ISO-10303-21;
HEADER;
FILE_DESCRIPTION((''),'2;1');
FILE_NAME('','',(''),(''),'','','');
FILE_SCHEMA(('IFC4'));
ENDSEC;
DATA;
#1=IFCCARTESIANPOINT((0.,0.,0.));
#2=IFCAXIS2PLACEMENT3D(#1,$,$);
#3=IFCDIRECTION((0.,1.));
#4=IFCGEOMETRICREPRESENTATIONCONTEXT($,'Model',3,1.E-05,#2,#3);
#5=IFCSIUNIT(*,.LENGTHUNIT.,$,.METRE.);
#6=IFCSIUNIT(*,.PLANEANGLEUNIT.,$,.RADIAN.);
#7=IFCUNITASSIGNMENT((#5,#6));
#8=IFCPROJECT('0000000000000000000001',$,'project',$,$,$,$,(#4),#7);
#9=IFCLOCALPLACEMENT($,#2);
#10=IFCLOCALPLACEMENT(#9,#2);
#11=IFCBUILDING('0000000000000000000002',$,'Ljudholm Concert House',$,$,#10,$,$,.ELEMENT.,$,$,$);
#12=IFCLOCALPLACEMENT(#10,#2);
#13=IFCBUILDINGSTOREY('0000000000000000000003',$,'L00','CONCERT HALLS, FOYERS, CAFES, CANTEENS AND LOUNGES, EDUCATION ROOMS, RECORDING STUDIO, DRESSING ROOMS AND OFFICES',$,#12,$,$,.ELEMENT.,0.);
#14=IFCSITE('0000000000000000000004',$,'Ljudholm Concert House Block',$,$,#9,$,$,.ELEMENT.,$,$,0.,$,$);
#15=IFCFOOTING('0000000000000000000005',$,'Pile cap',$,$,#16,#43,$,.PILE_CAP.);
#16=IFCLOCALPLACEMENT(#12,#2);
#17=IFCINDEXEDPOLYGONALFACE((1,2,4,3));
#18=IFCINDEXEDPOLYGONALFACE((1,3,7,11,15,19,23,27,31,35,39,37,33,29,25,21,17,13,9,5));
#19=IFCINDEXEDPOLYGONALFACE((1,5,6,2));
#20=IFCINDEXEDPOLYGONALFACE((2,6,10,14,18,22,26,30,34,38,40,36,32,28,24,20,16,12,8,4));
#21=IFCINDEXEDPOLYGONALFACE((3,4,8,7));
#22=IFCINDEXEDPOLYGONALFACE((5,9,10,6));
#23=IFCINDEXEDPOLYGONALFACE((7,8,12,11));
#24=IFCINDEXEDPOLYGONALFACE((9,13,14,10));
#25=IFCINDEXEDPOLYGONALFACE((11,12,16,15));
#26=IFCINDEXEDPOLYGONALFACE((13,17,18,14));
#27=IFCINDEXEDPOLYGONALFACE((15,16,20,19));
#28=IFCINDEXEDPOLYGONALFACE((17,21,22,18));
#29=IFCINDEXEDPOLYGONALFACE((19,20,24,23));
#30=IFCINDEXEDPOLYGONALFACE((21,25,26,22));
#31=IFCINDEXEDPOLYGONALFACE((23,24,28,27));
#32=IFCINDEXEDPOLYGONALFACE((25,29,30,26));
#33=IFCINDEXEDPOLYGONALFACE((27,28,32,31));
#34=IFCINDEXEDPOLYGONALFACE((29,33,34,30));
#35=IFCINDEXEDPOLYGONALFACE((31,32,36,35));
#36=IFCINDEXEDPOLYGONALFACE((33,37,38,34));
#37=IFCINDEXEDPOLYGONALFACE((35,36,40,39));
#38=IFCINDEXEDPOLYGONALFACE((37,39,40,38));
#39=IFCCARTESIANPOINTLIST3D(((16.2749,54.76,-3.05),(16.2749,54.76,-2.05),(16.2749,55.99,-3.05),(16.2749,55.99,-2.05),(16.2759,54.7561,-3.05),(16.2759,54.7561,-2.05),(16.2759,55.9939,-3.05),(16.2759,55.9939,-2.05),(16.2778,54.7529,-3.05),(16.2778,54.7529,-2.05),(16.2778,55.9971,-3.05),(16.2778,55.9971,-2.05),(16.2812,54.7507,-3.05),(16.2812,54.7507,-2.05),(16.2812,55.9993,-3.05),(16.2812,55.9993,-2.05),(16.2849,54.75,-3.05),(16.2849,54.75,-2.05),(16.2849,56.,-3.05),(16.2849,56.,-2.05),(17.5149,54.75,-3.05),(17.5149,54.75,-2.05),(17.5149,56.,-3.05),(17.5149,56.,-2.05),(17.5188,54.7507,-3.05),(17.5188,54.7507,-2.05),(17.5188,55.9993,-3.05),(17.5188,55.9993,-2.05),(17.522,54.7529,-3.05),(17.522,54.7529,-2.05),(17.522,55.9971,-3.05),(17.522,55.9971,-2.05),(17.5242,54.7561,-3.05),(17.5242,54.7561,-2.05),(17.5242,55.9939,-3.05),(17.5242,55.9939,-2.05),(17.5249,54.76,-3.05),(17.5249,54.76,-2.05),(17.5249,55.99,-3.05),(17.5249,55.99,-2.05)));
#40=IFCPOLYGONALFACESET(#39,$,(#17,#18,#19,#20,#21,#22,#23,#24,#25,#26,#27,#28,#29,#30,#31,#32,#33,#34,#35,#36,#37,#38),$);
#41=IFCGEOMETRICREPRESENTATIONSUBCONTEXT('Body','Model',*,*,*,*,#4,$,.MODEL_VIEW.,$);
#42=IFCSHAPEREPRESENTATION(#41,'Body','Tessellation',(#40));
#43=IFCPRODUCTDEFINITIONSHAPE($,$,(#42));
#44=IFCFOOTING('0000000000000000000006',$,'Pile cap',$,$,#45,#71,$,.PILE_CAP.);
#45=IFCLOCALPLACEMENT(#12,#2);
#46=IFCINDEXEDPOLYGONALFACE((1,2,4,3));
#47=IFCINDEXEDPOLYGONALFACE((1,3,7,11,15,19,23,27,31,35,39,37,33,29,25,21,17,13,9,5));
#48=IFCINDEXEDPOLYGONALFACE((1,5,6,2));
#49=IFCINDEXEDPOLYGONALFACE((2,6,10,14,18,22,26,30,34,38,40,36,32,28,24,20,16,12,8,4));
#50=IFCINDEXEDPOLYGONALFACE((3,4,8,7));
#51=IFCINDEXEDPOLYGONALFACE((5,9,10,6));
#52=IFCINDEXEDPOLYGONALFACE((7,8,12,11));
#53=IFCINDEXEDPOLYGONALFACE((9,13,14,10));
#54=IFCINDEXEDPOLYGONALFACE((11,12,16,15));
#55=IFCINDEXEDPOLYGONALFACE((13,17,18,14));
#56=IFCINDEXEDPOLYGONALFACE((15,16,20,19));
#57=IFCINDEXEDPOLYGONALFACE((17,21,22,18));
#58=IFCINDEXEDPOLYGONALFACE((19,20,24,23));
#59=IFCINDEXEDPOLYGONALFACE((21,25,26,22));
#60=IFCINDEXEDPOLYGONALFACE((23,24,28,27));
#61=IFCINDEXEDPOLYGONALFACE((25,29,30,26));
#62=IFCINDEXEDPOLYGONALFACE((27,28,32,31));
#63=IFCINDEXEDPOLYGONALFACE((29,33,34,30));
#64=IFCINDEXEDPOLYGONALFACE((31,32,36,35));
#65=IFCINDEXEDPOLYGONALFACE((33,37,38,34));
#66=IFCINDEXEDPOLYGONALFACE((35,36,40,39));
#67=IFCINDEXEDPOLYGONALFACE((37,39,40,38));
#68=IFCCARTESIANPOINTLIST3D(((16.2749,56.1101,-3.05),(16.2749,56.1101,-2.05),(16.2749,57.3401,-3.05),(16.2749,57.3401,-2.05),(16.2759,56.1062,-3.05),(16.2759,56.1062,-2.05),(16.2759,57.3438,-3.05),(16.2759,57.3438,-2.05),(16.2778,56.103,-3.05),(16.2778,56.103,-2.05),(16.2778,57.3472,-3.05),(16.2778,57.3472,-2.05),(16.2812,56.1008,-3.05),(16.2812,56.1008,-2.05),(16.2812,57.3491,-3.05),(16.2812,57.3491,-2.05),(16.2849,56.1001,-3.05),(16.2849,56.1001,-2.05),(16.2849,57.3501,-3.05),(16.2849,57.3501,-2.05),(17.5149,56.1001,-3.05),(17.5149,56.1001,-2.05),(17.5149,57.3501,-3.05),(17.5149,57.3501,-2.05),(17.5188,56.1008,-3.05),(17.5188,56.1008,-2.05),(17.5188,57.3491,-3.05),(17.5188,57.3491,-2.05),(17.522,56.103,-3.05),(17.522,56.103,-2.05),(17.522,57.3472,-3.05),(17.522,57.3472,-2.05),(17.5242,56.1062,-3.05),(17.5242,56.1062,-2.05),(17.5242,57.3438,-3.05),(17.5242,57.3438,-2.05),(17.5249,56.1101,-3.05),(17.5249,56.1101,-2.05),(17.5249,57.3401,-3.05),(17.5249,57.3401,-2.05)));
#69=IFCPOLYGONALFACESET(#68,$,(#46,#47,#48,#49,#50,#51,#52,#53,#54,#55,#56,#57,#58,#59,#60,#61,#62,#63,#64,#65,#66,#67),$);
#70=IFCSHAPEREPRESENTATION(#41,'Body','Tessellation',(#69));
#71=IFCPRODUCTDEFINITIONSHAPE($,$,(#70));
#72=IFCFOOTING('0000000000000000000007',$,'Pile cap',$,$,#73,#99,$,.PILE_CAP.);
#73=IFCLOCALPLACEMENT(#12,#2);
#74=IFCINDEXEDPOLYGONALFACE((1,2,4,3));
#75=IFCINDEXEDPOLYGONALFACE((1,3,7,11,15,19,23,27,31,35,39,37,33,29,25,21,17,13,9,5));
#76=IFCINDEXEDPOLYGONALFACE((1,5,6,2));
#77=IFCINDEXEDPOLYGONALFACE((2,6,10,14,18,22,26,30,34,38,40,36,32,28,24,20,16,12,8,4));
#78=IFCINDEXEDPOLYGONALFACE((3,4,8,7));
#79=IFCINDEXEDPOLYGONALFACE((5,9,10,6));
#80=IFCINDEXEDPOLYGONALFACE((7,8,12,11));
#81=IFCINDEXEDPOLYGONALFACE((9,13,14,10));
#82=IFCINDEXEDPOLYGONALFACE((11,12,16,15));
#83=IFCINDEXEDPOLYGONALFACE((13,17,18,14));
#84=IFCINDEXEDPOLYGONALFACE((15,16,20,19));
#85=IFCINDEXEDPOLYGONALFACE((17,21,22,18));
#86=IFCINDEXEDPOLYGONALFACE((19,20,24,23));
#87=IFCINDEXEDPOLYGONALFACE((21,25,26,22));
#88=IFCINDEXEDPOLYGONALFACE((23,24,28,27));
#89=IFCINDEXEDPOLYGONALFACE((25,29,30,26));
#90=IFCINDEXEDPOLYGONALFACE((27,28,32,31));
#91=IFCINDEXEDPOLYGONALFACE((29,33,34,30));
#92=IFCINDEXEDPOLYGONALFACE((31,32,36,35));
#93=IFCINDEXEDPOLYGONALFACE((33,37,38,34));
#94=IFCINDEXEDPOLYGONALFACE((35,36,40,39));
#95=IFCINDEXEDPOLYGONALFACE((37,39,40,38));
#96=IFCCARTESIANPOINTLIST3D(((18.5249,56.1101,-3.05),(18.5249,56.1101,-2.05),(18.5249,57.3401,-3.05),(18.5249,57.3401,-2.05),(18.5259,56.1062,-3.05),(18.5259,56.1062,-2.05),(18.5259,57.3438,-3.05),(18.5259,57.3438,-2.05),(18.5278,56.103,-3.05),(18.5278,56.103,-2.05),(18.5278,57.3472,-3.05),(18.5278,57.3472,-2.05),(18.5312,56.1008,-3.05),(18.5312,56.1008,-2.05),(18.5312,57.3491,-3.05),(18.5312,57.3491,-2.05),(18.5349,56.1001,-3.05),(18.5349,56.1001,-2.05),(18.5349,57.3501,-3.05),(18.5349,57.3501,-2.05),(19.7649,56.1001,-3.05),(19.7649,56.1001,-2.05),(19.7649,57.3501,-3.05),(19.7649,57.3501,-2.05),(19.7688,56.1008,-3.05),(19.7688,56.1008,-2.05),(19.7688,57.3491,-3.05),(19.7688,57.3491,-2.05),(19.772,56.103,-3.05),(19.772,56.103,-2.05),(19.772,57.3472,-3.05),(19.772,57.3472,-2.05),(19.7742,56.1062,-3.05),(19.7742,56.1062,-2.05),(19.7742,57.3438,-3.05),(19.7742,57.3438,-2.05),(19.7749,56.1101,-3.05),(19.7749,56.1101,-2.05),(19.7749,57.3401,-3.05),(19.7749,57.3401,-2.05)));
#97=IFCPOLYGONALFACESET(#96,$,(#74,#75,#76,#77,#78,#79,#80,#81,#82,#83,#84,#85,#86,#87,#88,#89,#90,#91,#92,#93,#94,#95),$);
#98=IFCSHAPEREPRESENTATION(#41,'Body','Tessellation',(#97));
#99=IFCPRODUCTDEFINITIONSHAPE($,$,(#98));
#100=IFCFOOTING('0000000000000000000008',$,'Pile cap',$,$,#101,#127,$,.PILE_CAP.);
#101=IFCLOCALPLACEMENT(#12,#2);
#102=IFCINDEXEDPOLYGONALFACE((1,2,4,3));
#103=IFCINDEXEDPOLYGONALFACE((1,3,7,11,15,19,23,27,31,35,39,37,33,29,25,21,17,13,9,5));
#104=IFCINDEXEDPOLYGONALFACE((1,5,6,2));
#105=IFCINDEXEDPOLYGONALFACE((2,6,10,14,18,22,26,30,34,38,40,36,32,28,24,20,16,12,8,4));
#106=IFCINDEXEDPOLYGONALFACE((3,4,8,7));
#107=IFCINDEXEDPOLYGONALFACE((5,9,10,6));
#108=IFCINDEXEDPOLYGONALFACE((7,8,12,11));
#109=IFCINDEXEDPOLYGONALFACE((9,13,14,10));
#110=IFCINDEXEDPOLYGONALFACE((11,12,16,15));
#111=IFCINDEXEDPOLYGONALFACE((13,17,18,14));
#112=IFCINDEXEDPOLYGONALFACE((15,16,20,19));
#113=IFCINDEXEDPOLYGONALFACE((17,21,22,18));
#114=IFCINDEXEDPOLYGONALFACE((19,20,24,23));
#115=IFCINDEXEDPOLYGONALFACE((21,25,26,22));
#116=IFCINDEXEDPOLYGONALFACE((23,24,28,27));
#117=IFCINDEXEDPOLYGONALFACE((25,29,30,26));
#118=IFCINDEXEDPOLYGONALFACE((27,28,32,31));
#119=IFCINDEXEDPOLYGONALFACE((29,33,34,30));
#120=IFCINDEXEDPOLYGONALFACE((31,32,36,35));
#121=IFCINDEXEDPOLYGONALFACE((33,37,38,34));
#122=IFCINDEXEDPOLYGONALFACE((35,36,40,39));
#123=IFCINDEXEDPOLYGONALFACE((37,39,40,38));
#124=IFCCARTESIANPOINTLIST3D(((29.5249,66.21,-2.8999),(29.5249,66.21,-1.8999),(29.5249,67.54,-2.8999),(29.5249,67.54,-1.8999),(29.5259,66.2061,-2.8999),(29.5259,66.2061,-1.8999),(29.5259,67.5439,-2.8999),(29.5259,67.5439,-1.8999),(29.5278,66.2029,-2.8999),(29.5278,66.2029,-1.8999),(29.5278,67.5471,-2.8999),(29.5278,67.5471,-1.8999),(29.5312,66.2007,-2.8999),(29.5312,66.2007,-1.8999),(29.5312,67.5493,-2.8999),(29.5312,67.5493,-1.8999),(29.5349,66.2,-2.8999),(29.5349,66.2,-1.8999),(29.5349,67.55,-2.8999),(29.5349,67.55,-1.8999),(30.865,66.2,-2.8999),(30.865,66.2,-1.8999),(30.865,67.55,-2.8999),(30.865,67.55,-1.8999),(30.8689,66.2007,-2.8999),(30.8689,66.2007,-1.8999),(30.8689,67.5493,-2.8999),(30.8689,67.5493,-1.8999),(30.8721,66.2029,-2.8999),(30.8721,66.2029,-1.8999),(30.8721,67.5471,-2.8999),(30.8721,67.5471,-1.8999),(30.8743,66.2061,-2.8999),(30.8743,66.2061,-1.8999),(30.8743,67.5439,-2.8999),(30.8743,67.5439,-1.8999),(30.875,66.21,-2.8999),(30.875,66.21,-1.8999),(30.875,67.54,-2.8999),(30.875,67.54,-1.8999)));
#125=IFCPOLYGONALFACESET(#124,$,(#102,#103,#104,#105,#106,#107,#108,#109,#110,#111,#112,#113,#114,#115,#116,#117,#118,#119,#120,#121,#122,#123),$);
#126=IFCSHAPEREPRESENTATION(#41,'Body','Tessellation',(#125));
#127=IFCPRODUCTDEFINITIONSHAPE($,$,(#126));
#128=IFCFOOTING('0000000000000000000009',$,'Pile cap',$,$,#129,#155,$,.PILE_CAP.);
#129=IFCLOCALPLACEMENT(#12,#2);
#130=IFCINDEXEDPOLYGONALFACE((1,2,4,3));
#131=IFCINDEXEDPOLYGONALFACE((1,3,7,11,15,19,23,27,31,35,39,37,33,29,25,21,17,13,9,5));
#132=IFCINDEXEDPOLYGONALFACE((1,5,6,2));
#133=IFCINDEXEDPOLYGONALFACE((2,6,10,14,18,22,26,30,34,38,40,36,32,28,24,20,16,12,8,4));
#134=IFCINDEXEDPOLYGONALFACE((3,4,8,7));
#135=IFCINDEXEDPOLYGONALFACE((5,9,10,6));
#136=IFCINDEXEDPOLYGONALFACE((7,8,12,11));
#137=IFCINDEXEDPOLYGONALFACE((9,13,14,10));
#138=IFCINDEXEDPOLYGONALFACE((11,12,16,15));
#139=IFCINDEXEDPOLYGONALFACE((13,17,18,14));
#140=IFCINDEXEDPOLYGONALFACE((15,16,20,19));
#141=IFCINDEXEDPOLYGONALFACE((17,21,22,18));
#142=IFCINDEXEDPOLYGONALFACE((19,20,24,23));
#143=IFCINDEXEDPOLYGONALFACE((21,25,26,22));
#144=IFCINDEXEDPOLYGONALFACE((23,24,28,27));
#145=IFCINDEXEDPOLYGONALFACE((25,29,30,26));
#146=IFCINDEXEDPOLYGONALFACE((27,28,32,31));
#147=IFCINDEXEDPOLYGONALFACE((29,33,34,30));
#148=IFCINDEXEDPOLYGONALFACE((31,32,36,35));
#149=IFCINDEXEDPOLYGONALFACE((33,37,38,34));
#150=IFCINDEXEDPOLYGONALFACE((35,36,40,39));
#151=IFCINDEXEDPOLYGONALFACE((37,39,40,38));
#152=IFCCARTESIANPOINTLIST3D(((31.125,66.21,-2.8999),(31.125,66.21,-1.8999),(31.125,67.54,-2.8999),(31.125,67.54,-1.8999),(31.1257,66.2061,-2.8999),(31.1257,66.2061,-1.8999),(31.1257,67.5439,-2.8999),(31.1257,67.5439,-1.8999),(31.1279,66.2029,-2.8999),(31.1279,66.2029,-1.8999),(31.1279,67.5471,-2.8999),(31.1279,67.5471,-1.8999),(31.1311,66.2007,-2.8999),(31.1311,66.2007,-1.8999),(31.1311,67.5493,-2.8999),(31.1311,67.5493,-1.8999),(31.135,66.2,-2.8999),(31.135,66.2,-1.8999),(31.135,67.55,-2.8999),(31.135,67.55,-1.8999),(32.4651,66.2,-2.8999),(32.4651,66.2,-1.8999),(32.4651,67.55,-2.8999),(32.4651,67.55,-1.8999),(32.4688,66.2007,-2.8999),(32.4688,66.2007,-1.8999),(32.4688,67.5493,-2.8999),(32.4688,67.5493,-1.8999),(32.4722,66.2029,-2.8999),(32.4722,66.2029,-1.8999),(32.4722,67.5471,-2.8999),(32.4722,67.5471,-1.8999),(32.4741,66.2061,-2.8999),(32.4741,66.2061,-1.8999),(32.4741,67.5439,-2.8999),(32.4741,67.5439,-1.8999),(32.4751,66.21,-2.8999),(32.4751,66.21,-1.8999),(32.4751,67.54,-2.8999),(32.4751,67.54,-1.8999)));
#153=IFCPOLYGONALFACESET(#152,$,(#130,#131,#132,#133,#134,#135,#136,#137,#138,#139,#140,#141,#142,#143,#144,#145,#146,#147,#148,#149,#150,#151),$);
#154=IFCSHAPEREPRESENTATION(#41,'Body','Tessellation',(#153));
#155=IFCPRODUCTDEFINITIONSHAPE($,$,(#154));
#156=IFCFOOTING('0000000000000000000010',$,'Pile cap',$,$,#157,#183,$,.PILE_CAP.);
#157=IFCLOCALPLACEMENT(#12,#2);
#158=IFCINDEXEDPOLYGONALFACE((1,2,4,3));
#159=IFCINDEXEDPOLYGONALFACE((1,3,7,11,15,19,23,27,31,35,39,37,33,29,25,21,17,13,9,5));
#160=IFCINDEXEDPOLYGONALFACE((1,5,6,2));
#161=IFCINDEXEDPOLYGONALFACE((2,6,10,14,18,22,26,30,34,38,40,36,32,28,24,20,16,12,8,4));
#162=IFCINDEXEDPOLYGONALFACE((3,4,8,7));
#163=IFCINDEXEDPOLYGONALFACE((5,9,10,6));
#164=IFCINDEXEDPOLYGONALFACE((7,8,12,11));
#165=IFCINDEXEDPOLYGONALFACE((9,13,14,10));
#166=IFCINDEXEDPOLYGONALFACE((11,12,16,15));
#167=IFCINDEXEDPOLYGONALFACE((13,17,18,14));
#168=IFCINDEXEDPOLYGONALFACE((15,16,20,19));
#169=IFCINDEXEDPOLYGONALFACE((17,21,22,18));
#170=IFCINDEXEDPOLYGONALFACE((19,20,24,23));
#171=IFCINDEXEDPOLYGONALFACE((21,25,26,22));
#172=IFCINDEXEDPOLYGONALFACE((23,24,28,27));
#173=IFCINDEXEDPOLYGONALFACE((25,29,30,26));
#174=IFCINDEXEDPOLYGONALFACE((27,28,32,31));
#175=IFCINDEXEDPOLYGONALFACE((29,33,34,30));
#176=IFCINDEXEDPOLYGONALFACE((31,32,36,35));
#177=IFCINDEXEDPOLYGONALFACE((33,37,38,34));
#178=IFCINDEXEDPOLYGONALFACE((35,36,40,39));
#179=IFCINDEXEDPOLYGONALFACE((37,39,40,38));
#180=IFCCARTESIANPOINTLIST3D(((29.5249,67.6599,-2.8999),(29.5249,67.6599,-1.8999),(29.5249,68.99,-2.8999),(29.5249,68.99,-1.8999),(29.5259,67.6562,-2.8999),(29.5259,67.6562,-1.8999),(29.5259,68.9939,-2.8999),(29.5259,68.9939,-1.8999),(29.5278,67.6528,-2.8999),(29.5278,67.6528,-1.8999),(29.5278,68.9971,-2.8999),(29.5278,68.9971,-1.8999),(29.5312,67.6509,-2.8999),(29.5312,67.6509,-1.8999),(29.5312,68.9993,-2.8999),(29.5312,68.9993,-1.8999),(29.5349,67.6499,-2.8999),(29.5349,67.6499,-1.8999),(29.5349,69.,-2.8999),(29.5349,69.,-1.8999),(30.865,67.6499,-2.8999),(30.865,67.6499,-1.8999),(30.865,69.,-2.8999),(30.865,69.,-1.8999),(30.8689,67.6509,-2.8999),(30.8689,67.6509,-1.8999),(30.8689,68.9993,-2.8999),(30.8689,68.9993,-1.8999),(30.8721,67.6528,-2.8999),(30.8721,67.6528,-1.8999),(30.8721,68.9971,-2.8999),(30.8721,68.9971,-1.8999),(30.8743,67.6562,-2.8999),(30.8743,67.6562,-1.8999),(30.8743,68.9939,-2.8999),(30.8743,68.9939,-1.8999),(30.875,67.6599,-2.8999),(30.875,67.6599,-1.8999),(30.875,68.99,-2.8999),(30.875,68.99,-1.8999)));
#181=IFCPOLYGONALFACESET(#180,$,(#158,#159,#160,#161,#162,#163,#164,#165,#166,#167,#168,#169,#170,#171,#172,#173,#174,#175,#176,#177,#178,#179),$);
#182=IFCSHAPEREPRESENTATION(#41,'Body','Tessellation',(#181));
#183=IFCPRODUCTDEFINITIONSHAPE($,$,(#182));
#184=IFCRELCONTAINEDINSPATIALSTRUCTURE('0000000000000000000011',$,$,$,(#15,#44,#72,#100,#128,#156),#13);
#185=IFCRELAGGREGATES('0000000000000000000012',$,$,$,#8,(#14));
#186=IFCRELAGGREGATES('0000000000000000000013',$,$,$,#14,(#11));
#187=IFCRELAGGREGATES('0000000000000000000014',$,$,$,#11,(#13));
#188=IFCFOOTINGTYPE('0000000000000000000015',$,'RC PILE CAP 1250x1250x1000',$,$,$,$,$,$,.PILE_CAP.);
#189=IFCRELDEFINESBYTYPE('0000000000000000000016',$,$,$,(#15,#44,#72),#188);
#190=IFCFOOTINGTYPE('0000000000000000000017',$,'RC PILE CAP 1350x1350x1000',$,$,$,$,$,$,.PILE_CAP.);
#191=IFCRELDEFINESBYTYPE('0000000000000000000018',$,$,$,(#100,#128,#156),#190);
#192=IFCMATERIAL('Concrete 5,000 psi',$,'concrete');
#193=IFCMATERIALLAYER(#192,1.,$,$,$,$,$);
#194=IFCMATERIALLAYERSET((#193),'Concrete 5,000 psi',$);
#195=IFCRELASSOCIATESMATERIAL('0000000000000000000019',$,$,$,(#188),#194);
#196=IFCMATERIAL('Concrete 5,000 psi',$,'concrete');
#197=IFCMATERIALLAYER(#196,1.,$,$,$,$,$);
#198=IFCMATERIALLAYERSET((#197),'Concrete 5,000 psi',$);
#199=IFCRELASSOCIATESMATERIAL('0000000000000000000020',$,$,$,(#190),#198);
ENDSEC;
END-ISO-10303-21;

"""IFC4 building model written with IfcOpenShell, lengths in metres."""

from ifc_helpers import new_model, si_unit, direction, frame, origin, place, context, subcontext, project, spatial, polyline, outline, extrude, material, layer, layer_set, type_object, element, save


model = new_model("IFC4")

# Units and contexts
model_context = context("Model", 3, precision=1e-05, world=origin(), true_north=direction((0.0, 1.0)))
body_context = subcontext(model_context, "Body", "Model", "MODEL_VIEW")
ifc_project = project(units=[si_unit("LENGTHUNIT", "METRE"), si_unit("PLANEANGLEUNIT", "RADIAN")], contexts=[model_context])

# Site, building, storey
site_placement = place(None, origin())
site = spatial("IfcSite", under=ifc_project, at=site_placement, Name="Ljudholm Concert House Block", CompositionType="ELEMENT", RefElevation=0.0)
building_placement = place(site_placement, origin())
building = spatial("IfcBuilding", under=site, at=building_placement, Name="Ljudholm Concert House", CompositionType="ELEMENT")
storey_placement = place(building_placement, origin())
storey = spatial("IfcBuildingStorey", under=building, at=storey_placement, Name="L00", Description="CONCERT HALLS, FOYERS, CAFES, CANTEENS AND LOUNGES, EDUCATION ROOMS, RECORDING STUDIO, DRESSING ROOMS AND OFFICES", CompositionType="ELEMENT", Elevation=0.0)

# Footings
ifc_material_1 = material(Name="Concrete 5,000 psi", Category="concrete")
ifc_layer_1 = layer(ifc_material_1, 1.0)
ifc_layer_set_1 = layer_set([ifc_layer_1], Name="Concrete 5,000 psi")
footing_type_1 = type_object("IfcFootingType", Name="RC PILE CAP 1250x1250x1000", PredefinedType="PILE_CAP", material=ifc_layer_set_1)
footing_1_placement = place(storey_placement, frame((0.0, 0.0, -3.05)))
element("IfcFooting", 1, at=footing_1_placement, inside=storey, type_object=footing_type_1, Name="Pile cap", PredefinedType="PILE_CAP", context=body_context, shape_type="SweptSolid", body=[
    extrude(outline(polyline([(16.2849, 54.75), (17.5149, 54.75), (17.5188, 54.7507), (17.522, 54.7529), (17.5242, 54.7561), (17.5249, 54.76), (17.5249, 55.99), (17.5242, 55.9939), (17.522, 55.9971), (17.5188, 55.9993), (17.5149, 56.0), (16.2849, 56.0), (16.2812, 55.9993), (16.2778, 55.9971), (16.2759, 55.9939), (16.2749, 55.99), (16.2749, 54.76), (16.2759, 54.7561), (16.2778, 54.7529), (16.2812, 54.7507), (16.2849, 54.75)])), origin(), (0.0, 0.0, 1.0), 1.0),
])
footing_2_placement = place(storey_placement, frame((0.0, 0.0, -3.05)))
element("IfcFooting", 2, at=footing_2_placement, inside=storey, type_object=footing_type_1, Name="Pile cap", PredefinedType="PILE_CAP", context=body_context, shape_type="SweptSolid", body=[
    extrude(outline(polyline([(16.2849, 56.1001), (17.5149, 56.1001), (17.5188, 56.1008), (17.522, 56.103), (17.5242, 56.1062), (17.5249, 56.1101), (17.5249, 57.3401), (17.5242, 57.3438), (17.522, 57.3472), (17.5188, 57.3491), (17.5149, 57.3501), (16.2849, 57.3501), (16.2812, 57.3491), (16.2778, 57.3472), (16.2759, 57.3438), (16.2749, 57.3401), (16.2749, 56.1101), (16.2759, 56.1062), (16.2778, 56.103), (16.2812, 56.1008), (16.2849, 56.1001)])), origin(), (0.0, 0.0, 1.0), 1.0),
])
footing_3_placement = place(storey_placement, frame((0.0, 0.0, -3.05)))
element("IfcFooting", 3, at=footing_3_placement, inside=storey, type_object=footing_type_1, Name="Pile cap", PredefinedType="PILE_CAP", context=body_context, shape_type="SweptSolid", body=[
    extrude(outline(polyline([(18.5349, 56.1001), (19.7649, 56.1001), (19.7688, 56.1008), (19.772, 56.103), (19.7742, 56.1062), (19.7749, 56.1101), (19.7749, 57.3401), (19.7742, 57.3438), (19.772, 57.3472), (19.7688, 57.3491), (19.7649, 57.3501), (18.5349, 57.3501), (18.5312, 57.3491), (18.5278, 57.3472), (18.5259, 57.3438), (18.5249, 57.3401), (18.5249, 56.1101), (18.5259, 56.1062), (18.5278, 56.103), (18.5312, 56.1008), (18.5349, 56.1001)])), origin(), (0.0, 0.0, 1.0), 1.0),
])
ifc_material_2 = material(Name="Concrete 5,000 psi", Category="concrete")
ifc_layer_2 = layer(ifc_material_2, 1.0)
ifc_layer_set_2 = layer_set([ifc_layer_2], Name="Concrete 5,000 psi")
footing_type_2 = type_object("IfcFootingType", Name="RC PILE CAP 1350x1350x1000", PredefinedType="PILE_CAP", material=ifc_layer_set_2)
footing_4_placement = place(storey_placement, frame((0.0, 0.0, -2.8999)))
element("IfcFooting", 4, at=footing_4_placement, inside=storey, type_object=footing_type_2, Name="Pile cap", PredefinedType="PILE_CAP", context=body_context, shape_type="SweptSolid", body=[
    extrude(outline(polyline([(29.5349, 66.2), (30.865, 66.2), (30.8689, 66.2007), (30.8721, 66.2029), (30.8743, 66.2061), (30.875, 66.21), (30.875, 67.54), (30.8743, 67.5439), (30.8721, 67.5471), (30.8689, 67.5493), (30.865, 67.55), (29.5349, 67.55), (29.5312, 67.5493), (29.5278, 67.5471), (29.5259, 67.5439), (29.5249, 67.54), (29.5249, 66.21), (29.5259, 66.2061), (29.5278, 66.2029), (29.5312, 66.2007), (29.5349, 66.2)])), origin(), (0.0, 0.0, 1.0), 1.0),
])
footing_5_placement = place(storey_placement, frame((0.0, 0.0, -2.8999)))
element("IfcFooting", 5, at=footing_5_placement, inside=storey, type_object=footing_type_2, Name="Pile cap", PredefinedType="PILE_CAP", context=body_context, shape_type="SweptSolid", body=[
    extrude(outline(polyline([(31.135, 66.2), (32.4651, 66.2), (32.4688, 66.2007), (32.4722, 66.2029), (32.4741, 66.2061), (32.4751, 66.21), (32.4751, 67.54), (32.4741, 67.5439), (32.4722, 67.5471), (32.4688, 67.5493), (32.4651, 67.55), (31.135, 67.55), (31.1311, 67.5493), (31.1279, 67.5471), (31.1257, 67.5439), (31.125, 67.54), (31.125, 66.21), (31.1257, 66.2061), (31.1279, 66.2029), (31.1311, 66.2007), (31.135, 66.2)])), origin(), (0.0, 0.0, 1.0), 1.0),
])
footing_6_placement = place(storey_placement, frame((0.0, 0.0, -2.8999)))
element("IfcFooting", 6, at=footing_6_placement, inside=storey, type_object=footing_type_2, Name="Pile cap", PredefinedType="PILE_CAP", context=body_context, shape_type="SweptSolid", body=[
    extrude(outline(polyline([(29.5349, 67.6499), (30.865, 67.6499), (30.8689, 67.6509), (30.8721, 67.6528), (30.8743, 67.6562), (30.875, 67.6599), (30.875, 68.99), (30.8743, 68.9939), (30.8721, 68.9971), (30.8689, 68.9993), (30.865, 69.0), (29.5349, 69.0), (29.5312, 68.9993), (29.5278, 68.9971), (29.5259, 68.9939), (29.5249, 68.99), (29.5249, 67.6599), (29.5259, 67.6562), (29.5278, 67.6528), (29.5312, 67.6509), (29.5349, 67.6499)])), origin(), (0.0, 0.0, 1.0), 1.0),
])

save(model, "model.ifc")
